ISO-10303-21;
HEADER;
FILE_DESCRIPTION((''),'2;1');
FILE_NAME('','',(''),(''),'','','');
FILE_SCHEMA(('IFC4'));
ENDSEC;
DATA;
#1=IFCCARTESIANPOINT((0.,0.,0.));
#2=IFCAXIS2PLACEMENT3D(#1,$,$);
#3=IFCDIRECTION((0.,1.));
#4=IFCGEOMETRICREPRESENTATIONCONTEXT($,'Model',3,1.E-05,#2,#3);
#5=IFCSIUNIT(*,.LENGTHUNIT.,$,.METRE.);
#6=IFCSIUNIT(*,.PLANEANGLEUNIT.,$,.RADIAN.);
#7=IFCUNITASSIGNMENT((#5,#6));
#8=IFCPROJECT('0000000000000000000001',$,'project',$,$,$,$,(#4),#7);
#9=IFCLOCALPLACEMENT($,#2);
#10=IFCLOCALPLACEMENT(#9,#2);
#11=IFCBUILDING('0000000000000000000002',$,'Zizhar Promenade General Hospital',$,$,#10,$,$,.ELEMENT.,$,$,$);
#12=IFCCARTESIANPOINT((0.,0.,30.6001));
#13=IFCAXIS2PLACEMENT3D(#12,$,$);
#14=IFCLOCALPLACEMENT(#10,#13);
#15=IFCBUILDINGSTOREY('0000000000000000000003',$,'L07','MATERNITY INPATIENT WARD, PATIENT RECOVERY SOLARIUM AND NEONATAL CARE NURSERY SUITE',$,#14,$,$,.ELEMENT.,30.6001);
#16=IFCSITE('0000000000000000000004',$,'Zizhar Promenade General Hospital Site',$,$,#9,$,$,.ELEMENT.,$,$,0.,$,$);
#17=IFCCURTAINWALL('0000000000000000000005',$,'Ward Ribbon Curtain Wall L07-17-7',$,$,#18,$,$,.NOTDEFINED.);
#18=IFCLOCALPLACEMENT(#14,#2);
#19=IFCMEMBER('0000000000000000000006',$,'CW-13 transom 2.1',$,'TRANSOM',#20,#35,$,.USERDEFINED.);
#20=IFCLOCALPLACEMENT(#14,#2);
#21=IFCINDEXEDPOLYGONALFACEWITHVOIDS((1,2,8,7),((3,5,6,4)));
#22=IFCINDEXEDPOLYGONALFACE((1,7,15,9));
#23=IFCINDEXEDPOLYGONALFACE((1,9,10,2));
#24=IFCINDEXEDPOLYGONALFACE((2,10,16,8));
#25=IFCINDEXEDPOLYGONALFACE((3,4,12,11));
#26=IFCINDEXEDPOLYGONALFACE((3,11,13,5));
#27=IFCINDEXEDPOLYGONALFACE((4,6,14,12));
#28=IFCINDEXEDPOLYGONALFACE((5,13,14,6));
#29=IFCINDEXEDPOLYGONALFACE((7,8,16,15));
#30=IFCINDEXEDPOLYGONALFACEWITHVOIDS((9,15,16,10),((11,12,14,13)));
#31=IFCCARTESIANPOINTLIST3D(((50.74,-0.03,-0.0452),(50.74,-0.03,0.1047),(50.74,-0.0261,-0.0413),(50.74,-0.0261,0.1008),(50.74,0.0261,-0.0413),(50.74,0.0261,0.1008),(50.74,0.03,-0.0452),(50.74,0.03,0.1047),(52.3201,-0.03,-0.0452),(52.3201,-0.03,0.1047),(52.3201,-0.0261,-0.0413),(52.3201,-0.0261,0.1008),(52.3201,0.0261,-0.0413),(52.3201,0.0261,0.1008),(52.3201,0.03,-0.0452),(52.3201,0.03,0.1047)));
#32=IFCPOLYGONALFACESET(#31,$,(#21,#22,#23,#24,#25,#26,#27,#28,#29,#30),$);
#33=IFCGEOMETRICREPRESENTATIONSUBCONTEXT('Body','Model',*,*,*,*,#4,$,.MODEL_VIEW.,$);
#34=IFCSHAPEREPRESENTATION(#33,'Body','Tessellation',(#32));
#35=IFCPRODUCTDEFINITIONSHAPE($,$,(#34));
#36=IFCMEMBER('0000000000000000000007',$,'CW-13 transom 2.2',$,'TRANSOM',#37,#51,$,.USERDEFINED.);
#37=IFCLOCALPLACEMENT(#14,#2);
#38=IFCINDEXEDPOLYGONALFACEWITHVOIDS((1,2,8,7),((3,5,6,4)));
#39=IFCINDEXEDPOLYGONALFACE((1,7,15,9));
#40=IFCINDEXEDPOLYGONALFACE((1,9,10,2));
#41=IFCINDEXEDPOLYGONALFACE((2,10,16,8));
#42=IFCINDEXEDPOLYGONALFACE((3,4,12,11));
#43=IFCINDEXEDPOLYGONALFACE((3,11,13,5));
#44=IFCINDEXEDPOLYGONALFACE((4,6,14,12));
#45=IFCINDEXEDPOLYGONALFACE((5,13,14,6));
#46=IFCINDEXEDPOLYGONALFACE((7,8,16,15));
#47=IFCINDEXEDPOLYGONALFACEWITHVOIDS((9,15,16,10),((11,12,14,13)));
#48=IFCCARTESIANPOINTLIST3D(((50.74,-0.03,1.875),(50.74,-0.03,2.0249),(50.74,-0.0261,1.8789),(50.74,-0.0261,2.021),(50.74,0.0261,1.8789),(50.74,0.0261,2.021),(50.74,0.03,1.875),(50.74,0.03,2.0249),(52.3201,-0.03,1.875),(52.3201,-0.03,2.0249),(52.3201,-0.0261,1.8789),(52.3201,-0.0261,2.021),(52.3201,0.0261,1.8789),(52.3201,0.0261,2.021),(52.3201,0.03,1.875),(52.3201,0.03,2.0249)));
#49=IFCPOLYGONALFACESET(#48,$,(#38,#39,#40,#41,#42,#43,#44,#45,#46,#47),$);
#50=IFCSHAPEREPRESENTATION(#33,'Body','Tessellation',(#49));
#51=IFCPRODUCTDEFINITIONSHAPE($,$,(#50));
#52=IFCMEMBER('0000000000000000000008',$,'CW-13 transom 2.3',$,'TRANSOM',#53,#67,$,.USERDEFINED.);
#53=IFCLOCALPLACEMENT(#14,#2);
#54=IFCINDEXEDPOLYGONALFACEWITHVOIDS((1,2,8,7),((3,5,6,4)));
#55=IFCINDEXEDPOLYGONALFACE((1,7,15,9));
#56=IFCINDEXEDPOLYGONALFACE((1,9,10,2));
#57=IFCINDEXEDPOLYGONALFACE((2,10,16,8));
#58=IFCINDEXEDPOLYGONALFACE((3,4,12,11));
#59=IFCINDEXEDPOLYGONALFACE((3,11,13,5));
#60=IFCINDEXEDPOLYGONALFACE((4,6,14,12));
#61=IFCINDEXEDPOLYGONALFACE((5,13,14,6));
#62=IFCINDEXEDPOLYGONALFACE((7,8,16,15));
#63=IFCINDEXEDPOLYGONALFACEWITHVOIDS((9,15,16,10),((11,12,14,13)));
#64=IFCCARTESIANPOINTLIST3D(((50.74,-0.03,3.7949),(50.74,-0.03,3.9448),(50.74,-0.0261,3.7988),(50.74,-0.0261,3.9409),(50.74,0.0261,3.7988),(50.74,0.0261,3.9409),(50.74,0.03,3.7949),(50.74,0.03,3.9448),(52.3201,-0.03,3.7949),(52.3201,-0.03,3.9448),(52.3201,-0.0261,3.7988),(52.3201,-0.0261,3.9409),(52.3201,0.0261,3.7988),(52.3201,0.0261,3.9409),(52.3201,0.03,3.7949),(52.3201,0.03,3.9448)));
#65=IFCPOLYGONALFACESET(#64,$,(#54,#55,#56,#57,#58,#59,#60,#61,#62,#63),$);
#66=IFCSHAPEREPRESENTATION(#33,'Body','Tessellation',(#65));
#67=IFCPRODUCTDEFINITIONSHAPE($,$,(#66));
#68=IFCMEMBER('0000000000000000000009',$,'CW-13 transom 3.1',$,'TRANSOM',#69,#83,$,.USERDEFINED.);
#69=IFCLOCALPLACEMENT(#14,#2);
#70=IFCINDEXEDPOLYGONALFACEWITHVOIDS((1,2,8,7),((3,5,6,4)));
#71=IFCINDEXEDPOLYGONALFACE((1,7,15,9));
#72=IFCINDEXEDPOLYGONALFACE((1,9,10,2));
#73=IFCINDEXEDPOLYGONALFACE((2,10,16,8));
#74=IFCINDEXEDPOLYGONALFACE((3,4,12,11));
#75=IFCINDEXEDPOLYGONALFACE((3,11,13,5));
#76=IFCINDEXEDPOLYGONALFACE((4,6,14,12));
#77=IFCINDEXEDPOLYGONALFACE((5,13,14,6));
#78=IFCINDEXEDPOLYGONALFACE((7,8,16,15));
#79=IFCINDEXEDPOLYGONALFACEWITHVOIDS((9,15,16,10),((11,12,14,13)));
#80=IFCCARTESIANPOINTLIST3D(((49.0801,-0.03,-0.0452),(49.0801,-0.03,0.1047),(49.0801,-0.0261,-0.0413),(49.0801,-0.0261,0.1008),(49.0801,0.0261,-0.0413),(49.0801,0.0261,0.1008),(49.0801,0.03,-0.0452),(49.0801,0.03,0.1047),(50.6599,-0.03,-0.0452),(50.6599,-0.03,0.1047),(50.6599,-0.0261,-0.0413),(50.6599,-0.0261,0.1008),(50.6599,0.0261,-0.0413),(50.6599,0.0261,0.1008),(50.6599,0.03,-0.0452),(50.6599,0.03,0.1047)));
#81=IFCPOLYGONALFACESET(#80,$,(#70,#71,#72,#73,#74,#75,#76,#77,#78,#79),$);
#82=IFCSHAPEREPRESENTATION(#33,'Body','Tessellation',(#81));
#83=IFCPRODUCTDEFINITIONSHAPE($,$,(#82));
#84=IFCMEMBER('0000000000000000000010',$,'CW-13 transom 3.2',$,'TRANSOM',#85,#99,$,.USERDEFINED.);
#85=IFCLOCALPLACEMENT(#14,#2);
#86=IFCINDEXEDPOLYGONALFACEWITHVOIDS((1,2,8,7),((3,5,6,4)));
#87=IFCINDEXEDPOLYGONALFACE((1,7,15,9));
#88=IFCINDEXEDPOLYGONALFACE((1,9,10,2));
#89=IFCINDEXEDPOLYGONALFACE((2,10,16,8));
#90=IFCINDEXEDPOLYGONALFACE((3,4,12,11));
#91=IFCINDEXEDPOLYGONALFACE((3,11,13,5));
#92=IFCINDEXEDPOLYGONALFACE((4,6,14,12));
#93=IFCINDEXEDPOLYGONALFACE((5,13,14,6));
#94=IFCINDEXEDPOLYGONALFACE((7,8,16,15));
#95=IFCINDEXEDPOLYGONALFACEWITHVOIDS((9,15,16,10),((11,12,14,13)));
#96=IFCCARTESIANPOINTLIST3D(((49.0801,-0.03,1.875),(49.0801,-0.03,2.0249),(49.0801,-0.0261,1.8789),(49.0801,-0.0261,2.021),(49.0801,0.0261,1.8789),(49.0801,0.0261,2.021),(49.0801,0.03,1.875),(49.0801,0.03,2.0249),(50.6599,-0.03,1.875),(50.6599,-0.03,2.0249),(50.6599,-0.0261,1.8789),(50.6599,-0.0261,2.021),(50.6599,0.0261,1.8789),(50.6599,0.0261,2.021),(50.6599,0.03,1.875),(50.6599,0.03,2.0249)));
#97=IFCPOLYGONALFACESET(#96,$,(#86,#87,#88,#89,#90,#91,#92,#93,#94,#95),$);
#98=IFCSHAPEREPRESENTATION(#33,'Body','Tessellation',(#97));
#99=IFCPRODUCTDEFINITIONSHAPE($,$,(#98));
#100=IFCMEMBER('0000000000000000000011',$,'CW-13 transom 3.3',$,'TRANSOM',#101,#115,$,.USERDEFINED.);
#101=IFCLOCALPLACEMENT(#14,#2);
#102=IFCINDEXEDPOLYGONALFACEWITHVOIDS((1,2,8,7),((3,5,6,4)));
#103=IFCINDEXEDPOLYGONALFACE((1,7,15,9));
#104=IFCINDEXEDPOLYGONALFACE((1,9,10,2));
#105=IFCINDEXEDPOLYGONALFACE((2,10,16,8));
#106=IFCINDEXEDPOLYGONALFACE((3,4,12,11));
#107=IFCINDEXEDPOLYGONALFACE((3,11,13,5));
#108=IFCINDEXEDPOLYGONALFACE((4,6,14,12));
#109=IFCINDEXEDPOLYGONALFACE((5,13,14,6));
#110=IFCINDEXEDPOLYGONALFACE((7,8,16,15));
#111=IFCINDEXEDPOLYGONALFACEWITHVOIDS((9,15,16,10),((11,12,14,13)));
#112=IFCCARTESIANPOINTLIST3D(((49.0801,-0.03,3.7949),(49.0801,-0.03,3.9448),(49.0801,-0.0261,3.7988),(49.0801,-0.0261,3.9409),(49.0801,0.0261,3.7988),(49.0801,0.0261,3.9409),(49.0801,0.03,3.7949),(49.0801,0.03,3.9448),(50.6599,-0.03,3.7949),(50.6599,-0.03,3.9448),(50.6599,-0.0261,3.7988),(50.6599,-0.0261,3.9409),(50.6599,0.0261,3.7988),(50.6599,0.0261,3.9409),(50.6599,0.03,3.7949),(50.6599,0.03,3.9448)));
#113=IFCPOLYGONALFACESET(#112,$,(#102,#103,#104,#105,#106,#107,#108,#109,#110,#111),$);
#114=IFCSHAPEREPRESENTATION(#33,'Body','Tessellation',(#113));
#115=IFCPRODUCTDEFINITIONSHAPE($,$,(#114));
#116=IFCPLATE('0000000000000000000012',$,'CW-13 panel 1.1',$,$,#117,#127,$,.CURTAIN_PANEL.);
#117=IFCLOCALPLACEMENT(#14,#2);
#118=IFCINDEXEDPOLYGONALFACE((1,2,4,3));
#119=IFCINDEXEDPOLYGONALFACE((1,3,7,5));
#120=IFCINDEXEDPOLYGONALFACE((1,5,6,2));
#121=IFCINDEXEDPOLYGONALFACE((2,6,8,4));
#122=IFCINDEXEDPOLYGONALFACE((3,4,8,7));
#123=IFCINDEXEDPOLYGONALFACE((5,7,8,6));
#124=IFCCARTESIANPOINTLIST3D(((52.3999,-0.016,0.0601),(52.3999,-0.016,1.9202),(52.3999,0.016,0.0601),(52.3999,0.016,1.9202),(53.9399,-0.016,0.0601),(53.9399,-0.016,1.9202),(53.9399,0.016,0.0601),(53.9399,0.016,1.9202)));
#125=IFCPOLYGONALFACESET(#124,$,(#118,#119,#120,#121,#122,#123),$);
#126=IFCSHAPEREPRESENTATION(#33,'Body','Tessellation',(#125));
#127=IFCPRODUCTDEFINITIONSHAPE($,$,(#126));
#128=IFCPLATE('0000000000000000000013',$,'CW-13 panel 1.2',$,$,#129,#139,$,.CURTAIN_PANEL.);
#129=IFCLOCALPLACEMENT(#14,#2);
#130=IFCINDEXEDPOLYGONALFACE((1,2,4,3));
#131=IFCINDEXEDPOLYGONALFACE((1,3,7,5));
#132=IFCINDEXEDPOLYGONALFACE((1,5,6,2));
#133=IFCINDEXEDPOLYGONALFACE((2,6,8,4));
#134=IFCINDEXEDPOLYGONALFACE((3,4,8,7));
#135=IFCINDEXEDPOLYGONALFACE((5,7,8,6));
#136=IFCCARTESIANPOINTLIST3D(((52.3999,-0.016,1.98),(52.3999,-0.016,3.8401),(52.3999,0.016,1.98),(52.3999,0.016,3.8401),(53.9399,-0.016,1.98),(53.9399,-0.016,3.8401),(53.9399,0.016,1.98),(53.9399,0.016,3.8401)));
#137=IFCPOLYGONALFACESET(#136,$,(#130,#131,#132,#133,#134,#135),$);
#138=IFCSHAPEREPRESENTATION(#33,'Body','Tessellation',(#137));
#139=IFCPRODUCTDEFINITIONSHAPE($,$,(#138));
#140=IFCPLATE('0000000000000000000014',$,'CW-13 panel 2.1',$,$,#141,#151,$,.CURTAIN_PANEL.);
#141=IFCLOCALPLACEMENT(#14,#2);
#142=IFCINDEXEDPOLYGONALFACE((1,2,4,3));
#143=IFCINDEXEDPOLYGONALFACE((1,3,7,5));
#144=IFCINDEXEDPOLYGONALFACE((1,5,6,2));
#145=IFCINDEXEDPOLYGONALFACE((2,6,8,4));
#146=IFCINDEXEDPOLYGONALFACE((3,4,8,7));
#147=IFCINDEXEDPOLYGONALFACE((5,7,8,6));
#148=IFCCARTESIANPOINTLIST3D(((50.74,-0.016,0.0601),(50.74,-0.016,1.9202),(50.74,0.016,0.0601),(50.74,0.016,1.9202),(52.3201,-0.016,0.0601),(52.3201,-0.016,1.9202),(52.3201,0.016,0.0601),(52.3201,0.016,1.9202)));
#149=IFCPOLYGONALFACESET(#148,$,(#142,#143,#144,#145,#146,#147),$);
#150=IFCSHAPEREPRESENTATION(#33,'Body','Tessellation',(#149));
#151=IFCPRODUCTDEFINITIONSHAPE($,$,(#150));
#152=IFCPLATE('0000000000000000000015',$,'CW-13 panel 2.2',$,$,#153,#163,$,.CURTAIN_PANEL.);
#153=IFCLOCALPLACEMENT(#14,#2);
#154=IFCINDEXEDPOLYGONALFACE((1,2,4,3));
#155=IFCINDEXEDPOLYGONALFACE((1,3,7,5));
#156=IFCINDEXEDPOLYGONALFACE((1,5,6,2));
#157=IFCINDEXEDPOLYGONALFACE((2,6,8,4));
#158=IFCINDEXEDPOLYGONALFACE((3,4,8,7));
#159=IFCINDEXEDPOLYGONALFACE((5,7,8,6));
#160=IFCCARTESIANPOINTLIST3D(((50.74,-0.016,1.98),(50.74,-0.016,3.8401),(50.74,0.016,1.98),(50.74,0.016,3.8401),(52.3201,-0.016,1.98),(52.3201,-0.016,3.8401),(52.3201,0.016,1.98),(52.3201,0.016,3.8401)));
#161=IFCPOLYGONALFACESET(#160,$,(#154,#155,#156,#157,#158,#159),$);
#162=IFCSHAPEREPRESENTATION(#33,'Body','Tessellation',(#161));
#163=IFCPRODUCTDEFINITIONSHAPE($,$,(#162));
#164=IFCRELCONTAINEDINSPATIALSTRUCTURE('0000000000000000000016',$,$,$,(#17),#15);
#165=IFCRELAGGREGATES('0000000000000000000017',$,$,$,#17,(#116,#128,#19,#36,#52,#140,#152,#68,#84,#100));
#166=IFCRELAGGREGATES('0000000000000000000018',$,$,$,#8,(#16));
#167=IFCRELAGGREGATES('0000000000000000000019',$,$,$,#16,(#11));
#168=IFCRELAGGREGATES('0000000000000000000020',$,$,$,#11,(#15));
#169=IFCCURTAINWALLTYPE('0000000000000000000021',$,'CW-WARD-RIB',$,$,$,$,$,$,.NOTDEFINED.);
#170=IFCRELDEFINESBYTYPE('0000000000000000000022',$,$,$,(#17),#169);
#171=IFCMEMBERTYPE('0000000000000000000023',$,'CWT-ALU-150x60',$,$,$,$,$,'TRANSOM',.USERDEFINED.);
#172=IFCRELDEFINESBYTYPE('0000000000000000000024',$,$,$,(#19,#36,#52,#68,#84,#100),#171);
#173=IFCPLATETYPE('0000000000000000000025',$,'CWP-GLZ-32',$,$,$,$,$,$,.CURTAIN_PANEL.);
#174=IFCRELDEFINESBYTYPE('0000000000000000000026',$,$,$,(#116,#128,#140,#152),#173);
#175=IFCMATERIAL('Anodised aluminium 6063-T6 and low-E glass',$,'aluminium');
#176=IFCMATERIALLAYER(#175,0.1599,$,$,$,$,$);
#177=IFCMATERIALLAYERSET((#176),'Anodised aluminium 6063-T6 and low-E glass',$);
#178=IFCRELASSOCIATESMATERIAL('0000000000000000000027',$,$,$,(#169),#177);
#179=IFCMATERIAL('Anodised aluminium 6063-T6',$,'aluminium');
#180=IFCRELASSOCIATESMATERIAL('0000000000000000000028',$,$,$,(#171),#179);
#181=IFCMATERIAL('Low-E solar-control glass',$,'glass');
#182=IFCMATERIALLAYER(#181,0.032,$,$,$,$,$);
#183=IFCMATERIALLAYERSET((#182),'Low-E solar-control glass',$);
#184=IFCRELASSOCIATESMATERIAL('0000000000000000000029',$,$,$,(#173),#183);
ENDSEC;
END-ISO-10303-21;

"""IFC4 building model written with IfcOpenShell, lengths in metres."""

from ifc_helpers import new_model, si_unit, direction, frame, origin, origin_2d, place, context, subcontext, project, spatial, rectangle, hollow_rectangle, extrude, material, layer, layer_set, material_profile, profile_set, type_object, element, aggregate, save


model = new_model("IFC4")

# Units and contexts
model_context = context("Model", 3, precision=1e-05, world=origin(), true_north=direction((0.0, 1.0)))
body_context = subcontext(model_context, "Body", "Model", "MODEL_VIEW")
ifc_project = project(units=[si_unit("LENGTHUNIT", "METRE"), si_unit("PLANEANGLEUNIT", "RADIAN")], contexts=[model_context])

# Site, building, storey
site_placement = place(None, origin())
site = spatial("IfcSite", under=ifc_project, at=site_placement, Name="Zizhar Promenade General Hospital Site", CompositionType="ELEMENT", RefElevation=0.0)
building_placement = place(site_placement, origin())
building = spatial("IfcBuilding", under=site, at=building_placement, Name="Zizhar Promenade General Hospital", CompositionType="ELEMENT")
storey_placement = place(building_placement, frame((0.0, 0.0, 30.6001)))
storey = spatial("IfcBuildingStorey", under=building, at=storey_placement, Name="L07", Description="MATERNITY INPATIENT WARD, PATIENT RECOVERY SOLARIUM AND NEONATAL CARE NURSERY SUITE", CompositionType="ELEMENT", Elevation=30.6001)

# Curtain wall, members, plates
ifc_material_1 = material(Name="Anodised aluminium 6063-T6 and low-E glass", Category="aluminium")
ifc_layer_1 = layer(ifc_material_1, 0.1599)
ifc_layer_set_1 = layer_set([ifc_layer_1], Name="Anodised aluminium 6063-T6 and low-E glass")
curtain_wall_type = type_object("IfcCurtainWallType", Name="CW-WARD-RIB", PredefinedType="NOTDEFINED", material=ifc_layer_set_1)
curtain_wall_placement = place(storey_placement, origin())
curtain_wall = element("IfcCurtainWall", 1, at=curtain_wall_placement, inside=storey, type_object=curtain_wall_type, Name="Ward Ribbon Curtain Wall L07-17-7", PredefinedType="NOTDEFINED")
ifc_material_2 = material(Name="Anodised aluminium 6063-T6", Category="aluminium")
ifc_material_profile_1 = material_profile(ifc_material_2, hollow_rectangle(XDim=0.0601, YDim=0.1499, WallThickness=0.0039, at=origin_2d()))
ifc_profile_set_1 = profile_set([ifc_material_profile_1], Name="Anodised aluminium 6063-T6")
member_type_1 = type_object("IfcMemberType", Name="CWT-ALU-150x60", ElementType="TRANSOM", PredefinedType="USERDEFINED", material=ifc_profile_set_1)
member_1_placement = place(storey_placement, frame((52.3201, 0.0, 0.0298), z_axis=(-1.0, 0.0, 0.0), x_axis=(0.0, -1.0, 0.0)))
member_1 = element("IfcMember", 2, at=member_1_placement, type_object=member_type_1, Name="CW-13 transom 2.1", ObjectType="TRANSOM", PredefinedType="USERDEFINED", context=body_context, shape_type="SweptSolid", body=[
    extrude(hollow_rectangle(XDim=0.0601, YDim=0.1499, WallThickness=0.0039, at=origin_2d()), origin(), (0.0, 0.0, 1.0), 1.5801),
])
member_2_placement = place(storey_placement, frame((52.3201, 0.0, 1.95), z_axis=(-1.0, 0.0, 0.0), x_axis=(0.0, -1.0, 0.0)))
member_2 = element("IfcMember", 3, at=member_2_placement, type_object=member_type_1, Name="CW-13 transom 2.2", ObjectType="TRANSOM", PredefinedType="USERDEFINED", context=body_context, shape_type="SweptSolid", body=[
    extrude(hollow_rectangle(XDim=0.0601, YDim=0.1499, WallThickness=0.0039, at=origin_2d()), origin(), (0.0, 0.0, 1.0), 1.5801),
])
member_3_placement = place(storey_placement, frame((52.3201, 0.0, 3.8699), z_axis=(-1.0, 0.0, 0.0), x_axis=(0.0, -1.0, 0.0)))
member_3 = element("IfcMember", 4, at=member_3_placement, type_object=member_type_1, Name="CW-13 transom 2.3", ObjectType="TRANSOM", PredefinedType="USERDEFINED", context=body_context, shape_type="SweptSolid", body=[
    extrude(hollow_rectangle(XDim=0.0601, YDim=0.1499, WallThickness=0.0039, at=origin_2d()), origin(), (0.0, 0.0, 1.0), 1.5801),
])
member_4_placement = place(storey_placement, frame((50.6599, 0.0, 0.0298), z_axis=(-1.0, 0.0, 0.0), x_axis=(0.0, -1.0, 0.0)))
member_4 = element("IfcMember", 5, at=member_4_placement, type_object=member_type_1, Name="CW-13 transom 3.1", ObjectType="TRANSOM", PredefinedType="USERDEFINED", context=body_context, shape_type="SweptSolid", body=[
    extrude(hollow_rectangle(XDim=0.0601, YDim=0.1499, WallThickness=0.0039, at=origin_2d()), origin(), (0.0, 0.0, 1.0), 1.5798),
])
member_5_placement = place(storey_placement, frame((50.6599, 0.0, 1.95), z_axis=(-1.0, 0.0, 0.0), x_axis=(0.0, -1.0, 0.0)))
member_5 = element("IfcMember", 6, at=member_5_placement, type_object=member_type_1, Name="CW-13 transom 3.2", ObjectType="TRANSOM", PredefinedType="USERDEFINED", context=body_context, shape_type="SweptSolid", body=[
    extrude(hollow_rectangle(XDim=0.0601, YDim=0.1499, WallThickness=0.0039, at=origin_2d()), origin(), (0.0, 0.0, 1.0), 1.5798),
])
member_6_placement = place(storey_placement, frame((50.6599, 0.0, 3.8699), z_axis=(-1.0, 0.0, 0.0), x_axis=(0.0, -1.0, 0.0)))
member_6 = element("IfcMember", 7, at=member_6_placement, type_object=member_type_1, Name="CW-13 transom 3.3", ObjectType="TRANSOM", PredefinedType="USERDEFINED", context=body_context, shape_type="SweptSolid", body=[
    extrude(hollow_rectangle(XDim=0.0601, YDim=0.1499, WallThickness=0.0039, at=origin_2d()), origin(), (0.0, 0.0, 1.0), 1.5798),
])
ifc_material_3 = material(Name="Low-E solar-control glass", Category="glass")
ifc_layer_2 = layer(ifc_material_3, 0.032)
ifc_layer_set_2 = layer_set([ifc_layer_2], Name="Low-E solar-control glass")
plate_type = type_object("IfcPlateType", Name="CWP-GLZ-32", PredefinedType="CURTAIN_PANEL", material=ifc_layer_set_2)
plate_1_placement = place(storey_placement, frame((53.1699, 0.0, 0.0601), z_axis=(0.0, 0.0, 1.0), x_axis=(-1.0, 0.0, 0.0)))
plate_1 = element("IfcPlate", 8, at=plate_1_placement, type_object=plate_type, Name="CW-13 panel 1.1", PredefinedType="CURTAIN_PANEL", context=body_context, shape_type="SweptSolid", body=[
    extrude(rectangle(XDim=1.54, YDim=0.032, at=origin_2d()), origin(), (0.0, 0.0, 1.0), 1.8601),
])
plate_2_placement = place(storey_placement, frame((53.1699, 0.0, 1.98), z_axis=(0.0, 0.0, 1.0), x_axis=(-1.0, 0.0, 0.0)))
plate_2 = element("IfcPlate", 9, at=plate_2_placement, type_object=plate_type, Name="CW-13 panel 1.2", PredefinedType="CURTAIN_PANEL", context=body_context, shape_type="SweptSolid", body=[
    extrude(rectangle(XDim=1.54, YDim=0.032, at=origin_2d()), origin(), (0.0, 0.0, 1.0), 1.8601),
])
plate_3_placement = place(storey_placement, frame((51.53, 0.0, 0.0601), z_axis=(0.0, 0.0, 1.0), x_axis=(-1.0, 0.0, 0.0)))
plate_3 = element("IfcPlate", 10, at=plate_3_placement, type_object=plate_type, Name="CW-13 panel 2.1", PredefinedType="CURTAIN_PANEL", context=body_context, shape_type="SweptSolid", body=[
    extrude(rectangle(XDim=1.5801, YDim=0.032, at=origin_2d()), origin(), (0.0, 0.0, 1.0), 1.8601),
])
plate_4_placement = place(storey_placement, frame((51.53, 0.0, 1.98), z_axis=(0.0, 0.0, 1.0), x_axis=(-1.0, 0.0, 0.0)))
plate_4 = element("IfcPlate", 11, at=plate_4_placement, type_object=plate_type, Name="CW-13 panel 2.2", PredefinedType="CURTAIN_PANEL", context=body_context, shape_type="SweptSolid", body=[
    extrude(rectangle(XDim=1.5801, YDim=0.032, at=origin_2d()), origin(), (0.0, 0.0, 1.0), 1.8601),
])
aggregate(curtain_wall, [plate_1, plate_2, member_1, member_2, member_3, plate_3, plate_4, member_4, member_5, member_6])

save(model, "model.ifc")
